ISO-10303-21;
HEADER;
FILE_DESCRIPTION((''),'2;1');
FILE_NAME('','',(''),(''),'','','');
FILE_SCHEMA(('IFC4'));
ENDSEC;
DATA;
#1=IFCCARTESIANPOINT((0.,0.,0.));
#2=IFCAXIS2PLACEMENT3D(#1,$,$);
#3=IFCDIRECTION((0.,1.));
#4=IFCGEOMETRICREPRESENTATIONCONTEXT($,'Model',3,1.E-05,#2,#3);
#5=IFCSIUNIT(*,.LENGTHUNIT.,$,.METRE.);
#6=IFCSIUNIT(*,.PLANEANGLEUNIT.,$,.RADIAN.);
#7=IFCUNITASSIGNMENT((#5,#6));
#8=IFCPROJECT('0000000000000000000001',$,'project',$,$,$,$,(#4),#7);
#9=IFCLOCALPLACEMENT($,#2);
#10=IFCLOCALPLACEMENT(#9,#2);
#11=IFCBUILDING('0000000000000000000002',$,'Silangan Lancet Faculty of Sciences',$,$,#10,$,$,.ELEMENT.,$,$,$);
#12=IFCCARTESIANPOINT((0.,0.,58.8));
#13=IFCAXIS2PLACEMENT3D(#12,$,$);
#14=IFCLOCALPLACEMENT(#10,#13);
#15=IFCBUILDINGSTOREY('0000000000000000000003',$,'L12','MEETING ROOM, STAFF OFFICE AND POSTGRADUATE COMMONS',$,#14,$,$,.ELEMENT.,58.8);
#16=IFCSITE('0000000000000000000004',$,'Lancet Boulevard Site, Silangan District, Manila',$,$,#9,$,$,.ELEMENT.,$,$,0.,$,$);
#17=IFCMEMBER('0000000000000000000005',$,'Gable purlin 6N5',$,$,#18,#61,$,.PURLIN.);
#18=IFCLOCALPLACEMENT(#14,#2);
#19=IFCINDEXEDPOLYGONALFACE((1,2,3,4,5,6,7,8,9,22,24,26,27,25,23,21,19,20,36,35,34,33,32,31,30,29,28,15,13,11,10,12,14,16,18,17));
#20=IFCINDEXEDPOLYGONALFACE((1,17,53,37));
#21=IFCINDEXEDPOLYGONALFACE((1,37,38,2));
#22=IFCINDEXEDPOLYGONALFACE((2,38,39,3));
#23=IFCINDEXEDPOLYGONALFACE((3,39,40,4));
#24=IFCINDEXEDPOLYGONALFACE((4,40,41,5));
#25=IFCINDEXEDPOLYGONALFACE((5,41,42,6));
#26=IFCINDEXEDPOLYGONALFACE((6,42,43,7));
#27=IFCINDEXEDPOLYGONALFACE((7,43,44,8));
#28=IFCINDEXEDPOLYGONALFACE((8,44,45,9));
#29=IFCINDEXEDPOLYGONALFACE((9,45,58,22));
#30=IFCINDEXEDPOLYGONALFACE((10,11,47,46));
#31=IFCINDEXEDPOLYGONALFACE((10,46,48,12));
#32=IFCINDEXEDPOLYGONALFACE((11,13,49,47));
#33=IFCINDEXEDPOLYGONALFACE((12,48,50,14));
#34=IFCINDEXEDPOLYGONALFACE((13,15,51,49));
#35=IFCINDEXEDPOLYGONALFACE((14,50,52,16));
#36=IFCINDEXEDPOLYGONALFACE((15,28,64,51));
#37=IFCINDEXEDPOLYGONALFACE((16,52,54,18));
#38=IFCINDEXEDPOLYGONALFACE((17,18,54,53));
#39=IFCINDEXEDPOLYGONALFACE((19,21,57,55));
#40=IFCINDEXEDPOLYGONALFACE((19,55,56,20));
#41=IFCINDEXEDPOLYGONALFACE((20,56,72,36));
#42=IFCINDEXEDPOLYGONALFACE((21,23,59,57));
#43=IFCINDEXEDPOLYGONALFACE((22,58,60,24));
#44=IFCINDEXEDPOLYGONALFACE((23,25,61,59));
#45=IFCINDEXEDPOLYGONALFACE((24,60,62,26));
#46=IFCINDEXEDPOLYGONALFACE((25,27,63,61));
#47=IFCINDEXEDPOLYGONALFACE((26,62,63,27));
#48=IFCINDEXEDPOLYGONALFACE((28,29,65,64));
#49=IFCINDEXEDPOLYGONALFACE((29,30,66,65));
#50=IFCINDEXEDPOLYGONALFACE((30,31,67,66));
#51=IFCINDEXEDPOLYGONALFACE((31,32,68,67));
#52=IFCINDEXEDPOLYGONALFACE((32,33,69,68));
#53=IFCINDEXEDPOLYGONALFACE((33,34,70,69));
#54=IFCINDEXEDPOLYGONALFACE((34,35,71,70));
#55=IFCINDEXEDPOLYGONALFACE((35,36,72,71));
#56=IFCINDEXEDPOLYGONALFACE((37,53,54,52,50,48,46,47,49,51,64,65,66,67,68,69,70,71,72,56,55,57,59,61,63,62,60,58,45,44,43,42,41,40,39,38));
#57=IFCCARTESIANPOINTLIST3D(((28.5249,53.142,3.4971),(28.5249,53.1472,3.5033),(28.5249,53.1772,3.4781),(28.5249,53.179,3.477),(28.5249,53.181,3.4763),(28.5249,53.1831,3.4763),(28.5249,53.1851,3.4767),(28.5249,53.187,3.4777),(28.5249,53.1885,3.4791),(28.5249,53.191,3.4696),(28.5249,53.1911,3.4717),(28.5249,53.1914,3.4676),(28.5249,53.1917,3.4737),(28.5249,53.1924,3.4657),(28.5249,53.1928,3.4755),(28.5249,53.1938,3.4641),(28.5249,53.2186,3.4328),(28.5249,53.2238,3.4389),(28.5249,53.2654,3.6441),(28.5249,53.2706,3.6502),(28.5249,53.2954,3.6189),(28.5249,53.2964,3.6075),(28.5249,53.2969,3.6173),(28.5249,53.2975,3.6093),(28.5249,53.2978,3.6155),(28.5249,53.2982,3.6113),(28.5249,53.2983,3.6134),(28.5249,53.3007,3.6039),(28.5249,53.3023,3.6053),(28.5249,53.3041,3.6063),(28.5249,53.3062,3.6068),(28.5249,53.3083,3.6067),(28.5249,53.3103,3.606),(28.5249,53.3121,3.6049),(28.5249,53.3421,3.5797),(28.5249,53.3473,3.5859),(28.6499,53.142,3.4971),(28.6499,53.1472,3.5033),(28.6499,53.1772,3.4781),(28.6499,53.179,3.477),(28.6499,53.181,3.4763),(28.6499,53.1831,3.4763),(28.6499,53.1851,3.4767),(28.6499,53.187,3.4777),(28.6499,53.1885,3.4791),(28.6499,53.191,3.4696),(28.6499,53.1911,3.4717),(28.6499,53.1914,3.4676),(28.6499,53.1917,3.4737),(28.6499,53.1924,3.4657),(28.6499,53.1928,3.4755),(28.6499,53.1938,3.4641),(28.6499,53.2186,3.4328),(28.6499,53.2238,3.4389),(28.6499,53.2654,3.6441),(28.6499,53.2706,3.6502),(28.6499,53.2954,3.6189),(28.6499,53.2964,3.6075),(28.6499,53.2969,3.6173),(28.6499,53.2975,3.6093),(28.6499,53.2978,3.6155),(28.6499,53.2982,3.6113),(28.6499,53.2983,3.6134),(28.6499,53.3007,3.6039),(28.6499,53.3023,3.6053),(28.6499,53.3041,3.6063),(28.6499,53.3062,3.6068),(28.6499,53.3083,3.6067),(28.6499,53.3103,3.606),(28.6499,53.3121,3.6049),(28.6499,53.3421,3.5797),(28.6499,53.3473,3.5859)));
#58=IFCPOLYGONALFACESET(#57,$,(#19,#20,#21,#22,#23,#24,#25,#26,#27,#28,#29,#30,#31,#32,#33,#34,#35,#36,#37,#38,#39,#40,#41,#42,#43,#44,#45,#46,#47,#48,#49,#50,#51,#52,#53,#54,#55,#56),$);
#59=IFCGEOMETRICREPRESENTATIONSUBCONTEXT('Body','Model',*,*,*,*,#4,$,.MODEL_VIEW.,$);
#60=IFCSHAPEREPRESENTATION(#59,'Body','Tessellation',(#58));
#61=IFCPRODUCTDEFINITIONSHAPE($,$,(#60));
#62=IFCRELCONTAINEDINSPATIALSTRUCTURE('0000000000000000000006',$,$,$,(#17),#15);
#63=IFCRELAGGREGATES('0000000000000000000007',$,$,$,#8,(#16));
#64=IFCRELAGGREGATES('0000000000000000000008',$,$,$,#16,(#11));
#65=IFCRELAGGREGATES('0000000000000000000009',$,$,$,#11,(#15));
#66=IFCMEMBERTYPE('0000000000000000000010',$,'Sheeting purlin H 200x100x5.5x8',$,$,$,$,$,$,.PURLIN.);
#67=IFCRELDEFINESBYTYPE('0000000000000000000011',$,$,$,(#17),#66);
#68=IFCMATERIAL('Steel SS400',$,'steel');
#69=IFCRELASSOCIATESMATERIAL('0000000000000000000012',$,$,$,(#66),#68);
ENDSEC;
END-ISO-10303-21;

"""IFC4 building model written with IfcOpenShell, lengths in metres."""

from ifc_helpers import new_model, si_unit, direction, frame, origin, origin_2d, place, context, subcontext, project, spatial, i_section, extrude, material, material_profile, profile_set, type_object, element, save


model = new_model("IFC4")

# Units and contexts
model_context = context("Model", 3, precision=1e-05, world=origin(), true_north=direction((0.0, 1.0)))
body_context = subcontext(model_context, "Body", "Model", "MODEL_VIEW")
ifc_project = project(units=[si_unit("LENGTHUNIT", "METRE"), si_unit("PLANEANGLEUNIT", "RADIAN")], contexts=[model_context])

# Site, building, storey
site_placement = place(None, origin())
site = spatial("IfcSite", under=ifc_project, at=site_placement, Name="Lancet Boulevard Site, Silangan District, Manila", CompositionType="ELEMENT", RefElevation=0.0)
building_placement = place(site_placement, origin())
building = spatial("IfcBuilding", under=site, at=building_placement, Name="Silangan Lancet Faculty of Sciences", CompositionType="ELEMENT")
storey_placement = place(building_placement, frame((0.0, 0.0, 58.8)))
storey = spatial("IfcBuildingStorey", under=building, at=storey_placement, Name="L12", Description="MEETING ROOM, STAFF OFFICE AND POSTGRADUATE COMMONS", CompositionType="ELEMENT", Elevation=58.8)

# Member
ifc_material_1 = material(Name="Steel SS400", Category="steel")
ifc_material_profile_1 = material_profile(ifc_material_1, i_section(OverallWidth=0.1001, OverallDepth=0.2, WebThickness=0.0056, FlangeThickness=0.0081, FilletRadius=0.0081, at=origin_2d()), Name="H 200x100x5.5x8")
ifc_profile_set_1 = profile_set([ifc_material_profile_1], Name="Steel SS400")
member_type_1 = type_object("IfcMemberType", Name="Sheeting purlin H 200x100x5.5x8", PredefinedType="PURLIN", material=ifc_profile_set_1)
for number, where, z_axis, x_axis, name in (
    (1, (28.5249, 53.2446, 3.5415), (1.0, 0.0, 0.0), (0.0, 0.765705, -0.643192), "Gable purlin 6N5"),
):
    element("IfcMember", number, at=place(storey_placement, frame(where, z_axis=z_axis, x_axis=x_axis)), inside=storey, type_object=member_type_1, Name=name, PredefinedType="PURLIN", context=body_context, shape_type="SweptSolid", body=[
        extrude(i_section(OverallWidth=0.1001, OverallDepth=0.2, WebThickness=0.0056, FlangeThickness=0.0081, FilletRadius=0.0081, at=origin_2d()), origin(), (0.0, 0.0, 1.0), 0.125),
    ])

save(model, "model.ifc")
